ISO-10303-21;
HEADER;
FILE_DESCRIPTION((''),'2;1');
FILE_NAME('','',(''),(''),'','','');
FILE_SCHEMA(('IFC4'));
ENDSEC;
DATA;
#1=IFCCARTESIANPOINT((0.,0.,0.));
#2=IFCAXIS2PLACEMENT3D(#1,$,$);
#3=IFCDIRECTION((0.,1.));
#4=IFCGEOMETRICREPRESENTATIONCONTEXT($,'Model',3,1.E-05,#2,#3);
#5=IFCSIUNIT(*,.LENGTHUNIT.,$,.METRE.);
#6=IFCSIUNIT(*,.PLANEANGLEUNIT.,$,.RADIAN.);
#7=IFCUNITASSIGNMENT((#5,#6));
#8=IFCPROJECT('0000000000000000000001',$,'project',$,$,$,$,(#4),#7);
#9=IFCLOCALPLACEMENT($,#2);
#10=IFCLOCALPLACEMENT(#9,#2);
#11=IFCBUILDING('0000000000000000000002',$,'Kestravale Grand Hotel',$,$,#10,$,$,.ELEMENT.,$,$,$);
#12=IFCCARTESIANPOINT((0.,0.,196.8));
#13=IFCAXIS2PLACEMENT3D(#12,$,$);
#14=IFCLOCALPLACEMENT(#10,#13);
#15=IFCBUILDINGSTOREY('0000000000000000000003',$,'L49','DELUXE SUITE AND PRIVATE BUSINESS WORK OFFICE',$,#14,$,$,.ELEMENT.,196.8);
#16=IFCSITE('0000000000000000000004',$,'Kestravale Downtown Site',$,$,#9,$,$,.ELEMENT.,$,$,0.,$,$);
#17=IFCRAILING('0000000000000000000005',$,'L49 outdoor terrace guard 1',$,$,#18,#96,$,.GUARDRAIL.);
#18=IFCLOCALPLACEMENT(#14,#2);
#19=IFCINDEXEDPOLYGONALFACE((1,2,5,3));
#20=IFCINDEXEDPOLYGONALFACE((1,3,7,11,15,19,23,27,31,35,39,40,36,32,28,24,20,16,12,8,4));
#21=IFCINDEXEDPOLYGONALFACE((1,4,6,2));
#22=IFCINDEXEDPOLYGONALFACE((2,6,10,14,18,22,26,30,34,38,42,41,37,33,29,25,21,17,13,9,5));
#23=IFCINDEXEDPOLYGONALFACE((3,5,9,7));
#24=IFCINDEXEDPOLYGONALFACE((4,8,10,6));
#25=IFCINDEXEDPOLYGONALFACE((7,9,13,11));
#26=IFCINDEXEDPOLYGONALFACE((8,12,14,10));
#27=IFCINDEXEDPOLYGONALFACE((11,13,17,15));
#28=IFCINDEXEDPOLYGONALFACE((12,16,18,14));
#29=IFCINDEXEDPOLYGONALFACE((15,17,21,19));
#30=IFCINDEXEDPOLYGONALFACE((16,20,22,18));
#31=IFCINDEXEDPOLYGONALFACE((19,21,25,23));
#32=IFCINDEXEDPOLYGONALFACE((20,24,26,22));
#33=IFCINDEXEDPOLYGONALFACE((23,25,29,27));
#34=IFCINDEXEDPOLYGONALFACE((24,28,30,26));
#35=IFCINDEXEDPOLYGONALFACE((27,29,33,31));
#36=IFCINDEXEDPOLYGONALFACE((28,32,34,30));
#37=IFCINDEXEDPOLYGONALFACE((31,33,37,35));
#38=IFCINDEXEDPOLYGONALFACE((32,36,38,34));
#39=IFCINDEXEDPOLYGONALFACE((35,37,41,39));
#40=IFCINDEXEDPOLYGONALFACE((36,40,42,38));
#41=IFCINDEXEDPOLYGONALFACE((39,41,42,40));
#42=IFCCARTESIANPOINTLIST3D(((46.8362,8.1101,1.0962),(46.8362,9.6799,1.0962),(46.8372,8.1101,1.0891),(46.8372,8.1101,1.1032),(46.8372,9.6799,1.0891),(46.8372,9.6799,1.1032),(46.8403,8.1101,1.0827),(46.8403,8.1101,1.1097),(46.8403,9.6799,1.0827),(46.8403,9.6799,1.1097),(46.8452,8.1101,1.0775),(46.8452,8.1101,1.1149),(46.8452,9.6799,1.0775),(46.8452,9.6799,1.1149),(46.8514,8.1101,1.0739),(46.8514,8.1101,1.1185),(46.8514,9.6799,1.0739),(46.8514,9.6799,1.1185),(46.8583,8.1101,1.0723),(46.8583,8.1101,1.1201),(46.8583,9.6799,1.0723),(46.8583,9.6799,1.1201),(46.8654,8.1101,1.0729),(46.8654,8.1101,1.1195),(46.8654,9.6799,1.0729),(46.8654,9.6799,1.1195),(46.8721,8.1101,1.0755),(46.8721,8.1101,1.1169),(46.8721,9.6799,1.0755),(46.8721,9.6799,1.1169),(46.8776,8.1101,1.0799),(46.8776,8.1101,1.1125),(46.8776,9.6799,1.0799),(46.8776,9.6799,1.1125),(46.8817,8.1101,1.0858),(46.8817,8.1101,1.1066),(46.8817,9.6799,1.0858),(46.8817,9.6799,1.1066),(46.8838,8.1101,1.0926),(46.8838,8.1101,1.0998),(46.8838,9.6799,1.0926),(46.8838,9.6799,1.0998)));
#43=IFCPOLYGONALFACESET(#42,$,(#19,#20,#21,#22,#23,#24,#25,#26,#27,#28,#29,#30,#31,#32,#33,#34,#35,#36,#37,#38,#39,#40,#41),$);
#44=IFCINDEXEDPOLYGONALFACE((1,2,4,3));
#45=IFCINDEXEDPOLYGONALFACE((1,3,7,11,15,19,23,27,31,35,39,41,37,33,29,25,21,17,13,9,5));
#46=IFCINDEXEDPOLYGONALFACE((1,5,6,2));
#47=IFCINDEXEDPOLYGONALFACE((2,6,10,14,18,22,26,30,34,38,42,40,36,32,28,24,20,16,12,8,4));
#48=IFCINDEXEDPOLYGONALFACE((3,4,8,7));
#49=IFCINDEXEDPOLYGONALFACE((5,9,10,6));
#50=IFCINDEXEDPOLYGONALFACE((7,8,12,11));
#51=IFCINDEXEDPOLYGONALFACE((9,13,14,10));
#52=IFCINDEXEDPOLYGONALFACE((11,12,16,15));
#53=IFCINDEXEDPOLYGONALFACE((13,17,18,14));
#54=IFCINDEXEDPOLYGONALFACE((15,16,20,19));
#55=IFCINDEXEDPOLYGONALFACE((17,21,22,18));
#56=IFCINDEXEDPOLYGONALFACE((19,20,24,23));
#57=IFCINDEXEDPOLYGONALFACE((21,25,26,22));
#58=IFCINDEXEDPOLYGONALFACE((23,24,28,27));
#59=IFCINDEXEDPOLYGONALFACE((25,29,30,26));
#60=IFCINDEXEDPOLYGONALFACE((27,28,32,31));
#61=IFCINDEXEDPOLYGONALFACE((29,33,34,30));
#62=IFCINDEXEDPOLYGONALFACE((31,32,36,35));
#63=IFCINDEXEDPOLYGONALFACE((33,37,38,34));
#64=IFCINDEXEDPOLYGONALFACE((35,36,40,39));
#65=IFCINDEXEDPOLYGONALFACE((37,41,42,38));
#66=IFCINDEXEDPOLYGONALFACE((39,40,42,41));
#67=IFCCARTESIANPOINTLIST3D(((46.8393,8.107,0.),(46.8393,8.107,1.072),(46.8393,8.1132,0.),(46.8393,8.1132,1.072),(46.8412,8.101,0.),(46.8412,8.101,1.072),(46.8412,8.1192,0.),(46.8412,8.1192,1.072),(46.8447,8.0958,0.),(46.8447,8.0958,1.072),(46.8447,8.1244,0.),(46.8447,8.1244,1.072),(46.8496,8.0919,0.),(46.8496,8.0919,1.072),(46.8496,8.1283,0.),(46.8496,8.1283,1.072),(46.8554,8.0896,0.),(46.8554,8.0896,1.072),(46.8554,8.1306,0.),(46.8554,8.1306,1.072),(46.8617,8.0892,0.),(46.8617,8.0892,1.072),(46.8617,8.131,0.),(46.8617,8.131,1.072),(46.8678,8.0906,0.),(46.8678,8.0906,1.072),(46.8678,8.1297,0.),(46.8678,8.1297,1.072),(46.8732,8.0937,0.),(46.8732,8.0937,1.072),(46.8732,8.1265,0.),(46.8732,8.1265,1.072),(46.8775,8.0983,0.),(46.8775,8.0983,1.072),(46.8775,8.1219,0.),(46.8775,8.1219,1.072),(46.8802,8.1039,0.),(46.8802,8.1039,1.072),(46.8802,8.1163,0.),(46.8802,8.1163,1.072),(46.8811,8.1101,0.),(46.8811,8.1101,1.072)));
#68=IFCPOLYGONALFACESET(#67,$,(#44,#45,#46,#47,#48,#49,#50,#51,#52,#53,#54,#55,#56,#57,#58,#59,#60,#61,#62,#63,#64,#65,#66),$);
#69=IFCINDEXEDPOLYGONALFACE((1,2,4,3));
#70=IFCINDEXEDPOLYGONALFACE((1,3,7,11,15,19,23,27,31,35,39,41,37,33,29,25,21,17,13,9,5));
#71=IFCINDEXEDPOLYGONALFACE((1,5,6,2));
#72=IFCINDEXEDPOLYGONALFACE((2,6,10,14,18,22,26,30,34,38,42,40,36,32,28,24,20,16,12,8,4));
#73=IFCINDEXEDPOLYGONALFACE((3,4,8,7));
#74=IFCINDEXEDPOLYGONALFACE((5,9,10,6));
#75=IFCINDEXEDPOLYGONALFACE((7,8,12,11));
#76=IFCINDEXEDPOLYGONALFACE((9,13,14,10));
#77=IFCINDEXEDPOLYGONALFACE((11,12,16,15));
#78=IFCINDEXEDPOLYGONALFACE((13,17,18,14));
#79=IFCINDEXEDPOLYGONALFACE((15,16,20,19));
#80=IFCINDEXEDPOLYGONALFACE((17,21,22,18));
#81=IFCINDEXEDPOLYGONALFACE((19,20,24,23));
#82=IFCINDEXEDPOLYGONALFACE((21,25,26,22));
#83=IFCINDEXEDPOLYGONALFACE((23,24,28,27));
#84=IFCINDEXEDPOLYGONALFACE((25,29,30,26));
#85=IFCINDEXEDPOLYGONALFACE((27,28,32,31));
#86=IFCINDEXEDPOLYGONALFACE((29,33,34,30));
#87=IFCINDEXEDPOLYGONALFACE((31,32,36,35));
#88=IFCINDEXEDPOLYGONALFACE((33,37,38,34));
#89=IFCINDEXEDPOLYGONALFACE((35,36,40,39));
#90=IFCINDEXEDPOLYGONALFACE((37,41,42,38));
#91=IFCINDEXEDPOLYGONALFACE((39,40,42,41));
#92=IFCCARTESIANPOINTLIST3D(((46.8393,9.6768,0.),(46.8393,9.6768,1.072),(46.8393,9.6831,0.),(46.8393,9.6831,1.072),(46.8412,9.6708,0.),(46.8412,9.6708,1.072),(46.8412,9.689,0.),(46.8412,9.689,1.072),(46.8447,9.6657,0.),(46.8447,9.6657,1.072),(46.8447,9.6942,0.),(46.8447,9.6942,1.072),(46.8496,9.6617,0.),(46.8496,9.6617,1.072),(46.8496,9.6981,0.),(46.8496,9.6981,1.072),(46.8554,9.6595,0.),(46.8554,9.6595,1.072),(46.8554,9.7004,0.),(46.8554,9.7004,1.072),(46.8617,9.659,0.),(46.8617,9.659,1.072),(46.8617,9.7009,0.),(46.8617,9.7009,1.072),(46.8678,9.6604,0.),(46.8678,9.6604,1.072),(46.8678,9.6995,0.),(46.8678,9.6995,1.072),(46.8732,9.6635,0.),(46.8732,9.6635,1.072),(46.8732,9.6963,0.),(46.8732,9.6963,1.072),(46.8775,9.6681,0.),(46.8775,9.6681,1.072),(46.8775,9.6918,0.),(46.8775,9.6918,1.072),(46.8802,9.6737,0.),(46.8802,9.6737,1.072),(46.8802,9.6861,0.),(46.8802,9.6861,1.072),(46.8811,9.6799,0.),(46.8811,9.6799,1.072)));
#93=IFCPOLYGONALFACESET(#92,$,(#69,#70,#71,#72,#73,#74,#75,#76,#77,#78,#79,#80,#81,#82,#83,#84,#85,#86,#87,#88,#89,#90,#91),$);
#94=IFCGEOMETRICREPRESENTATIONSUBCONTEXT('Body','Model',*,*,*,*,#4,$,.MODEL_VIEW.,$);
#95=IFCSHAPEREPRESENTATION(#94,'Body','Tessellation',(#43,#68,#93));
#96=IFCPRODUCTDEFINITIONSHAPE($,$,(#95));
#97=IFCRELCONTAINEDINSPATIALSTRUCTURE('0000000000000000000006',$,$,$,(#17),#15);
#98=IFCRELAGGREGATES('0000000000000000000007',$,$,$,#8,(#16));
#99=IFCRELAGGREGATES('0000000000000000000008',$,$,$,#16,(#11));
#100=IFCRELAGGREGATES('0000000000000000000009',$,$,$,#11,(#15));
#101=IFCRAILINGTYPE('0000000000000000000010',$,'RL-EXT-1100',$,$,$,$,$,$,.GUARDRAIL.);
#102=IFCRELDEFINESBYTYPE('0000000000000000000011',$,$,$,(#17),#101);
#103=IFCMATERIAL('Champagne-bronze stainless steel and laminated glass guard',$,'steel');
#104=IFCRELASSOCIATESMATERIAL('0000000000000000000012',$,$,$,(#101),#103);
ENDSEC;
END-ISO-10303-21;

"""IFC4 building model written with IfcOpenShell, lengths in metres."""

from ifc_helpers import new_model, si_unit, direction, frame, origin, origin_2d, place, context, subcontext, project, spatial, circle, extrude, material, type_object, element, save


model = new_model("IFC4")

# Units and contexts
model_context = context("Model", 3, precision=1e-05, world=origin(), true_north=direction((0.0, 1.0)))
body_context = subcontext(model_context, "Body", "Model", "MODEL_VIEW")
ifc_project = project(units=[si_unit("LENGTHUNIT", "METRE"), si_unit("PLANEANGLEUNIT", "RADIAN")], contexts=[model_context])

# Site, building, storey
site_placement = place(None, origin())
site = spatial("IfcSite", under=ifc_project, at=site_placement, Name="Kestravale Downtown Site", CompositionType="ELEMENT", RefElevation=0.0)
building_placement = place(site_placement, origin())
building = spatial("IfcBuilding", under=site, at=building_placement, Name="Kestravale Grand Hotel", CompositionType="ELEMENT")
storey_placement = place(building_placement, frame((0.0, 0.0, 196.8)))
storey = spatial("IfcBuildingStorey", under=building, at=storey_placement, Name="L49", Description="DELUXE SUITE AND PRIVATE BUSINESS WORK OFFICE", CompositionType="ELEMENT", Elevation=196.8)

# Railing
ifc_material_1 = material(Name="Champagne-bronze stainless steel and laminated glass guard", Category="steel")
railing_type = type_object("IfcRailingType", Name="RL-EXT-1100", PredefinedType="GUARDRAIL", material=ifc_material_1)
railing_1_placement = place(storey_placement, frame((46.8601, 8.1101, 0.0)))
element("IfcRailing", 1, at=railing_1_placement, inside=storey, type_object=railing_type, Name="L49 outdoor terrace guard 1", PredefinedType="GUARDRAIL", context=body_context, shape_type="SweptSolid", body=[
    extrude(circle(Radius=0.0239, at=origin_2d()), frame((0.0, 0.0, 1.0962), z_axis=(0.0, 1.0, 0.0), x_axis=(-1.0, 0.0, 0.0)), (0.0, 0.0, 1.0), 1.5698),
    extrude(circle(Radius=0.021, at=origin_2d()), origin(), (0.0, 0.0, 1.0), 1.072),
    extrude(circle(Radius=0.021, at=origin_2d()), frame((0.0, 1.5698, 0.0)), (0.0, 0.0, 1.0), 1.072),
])

save(model, "model.ifc")
